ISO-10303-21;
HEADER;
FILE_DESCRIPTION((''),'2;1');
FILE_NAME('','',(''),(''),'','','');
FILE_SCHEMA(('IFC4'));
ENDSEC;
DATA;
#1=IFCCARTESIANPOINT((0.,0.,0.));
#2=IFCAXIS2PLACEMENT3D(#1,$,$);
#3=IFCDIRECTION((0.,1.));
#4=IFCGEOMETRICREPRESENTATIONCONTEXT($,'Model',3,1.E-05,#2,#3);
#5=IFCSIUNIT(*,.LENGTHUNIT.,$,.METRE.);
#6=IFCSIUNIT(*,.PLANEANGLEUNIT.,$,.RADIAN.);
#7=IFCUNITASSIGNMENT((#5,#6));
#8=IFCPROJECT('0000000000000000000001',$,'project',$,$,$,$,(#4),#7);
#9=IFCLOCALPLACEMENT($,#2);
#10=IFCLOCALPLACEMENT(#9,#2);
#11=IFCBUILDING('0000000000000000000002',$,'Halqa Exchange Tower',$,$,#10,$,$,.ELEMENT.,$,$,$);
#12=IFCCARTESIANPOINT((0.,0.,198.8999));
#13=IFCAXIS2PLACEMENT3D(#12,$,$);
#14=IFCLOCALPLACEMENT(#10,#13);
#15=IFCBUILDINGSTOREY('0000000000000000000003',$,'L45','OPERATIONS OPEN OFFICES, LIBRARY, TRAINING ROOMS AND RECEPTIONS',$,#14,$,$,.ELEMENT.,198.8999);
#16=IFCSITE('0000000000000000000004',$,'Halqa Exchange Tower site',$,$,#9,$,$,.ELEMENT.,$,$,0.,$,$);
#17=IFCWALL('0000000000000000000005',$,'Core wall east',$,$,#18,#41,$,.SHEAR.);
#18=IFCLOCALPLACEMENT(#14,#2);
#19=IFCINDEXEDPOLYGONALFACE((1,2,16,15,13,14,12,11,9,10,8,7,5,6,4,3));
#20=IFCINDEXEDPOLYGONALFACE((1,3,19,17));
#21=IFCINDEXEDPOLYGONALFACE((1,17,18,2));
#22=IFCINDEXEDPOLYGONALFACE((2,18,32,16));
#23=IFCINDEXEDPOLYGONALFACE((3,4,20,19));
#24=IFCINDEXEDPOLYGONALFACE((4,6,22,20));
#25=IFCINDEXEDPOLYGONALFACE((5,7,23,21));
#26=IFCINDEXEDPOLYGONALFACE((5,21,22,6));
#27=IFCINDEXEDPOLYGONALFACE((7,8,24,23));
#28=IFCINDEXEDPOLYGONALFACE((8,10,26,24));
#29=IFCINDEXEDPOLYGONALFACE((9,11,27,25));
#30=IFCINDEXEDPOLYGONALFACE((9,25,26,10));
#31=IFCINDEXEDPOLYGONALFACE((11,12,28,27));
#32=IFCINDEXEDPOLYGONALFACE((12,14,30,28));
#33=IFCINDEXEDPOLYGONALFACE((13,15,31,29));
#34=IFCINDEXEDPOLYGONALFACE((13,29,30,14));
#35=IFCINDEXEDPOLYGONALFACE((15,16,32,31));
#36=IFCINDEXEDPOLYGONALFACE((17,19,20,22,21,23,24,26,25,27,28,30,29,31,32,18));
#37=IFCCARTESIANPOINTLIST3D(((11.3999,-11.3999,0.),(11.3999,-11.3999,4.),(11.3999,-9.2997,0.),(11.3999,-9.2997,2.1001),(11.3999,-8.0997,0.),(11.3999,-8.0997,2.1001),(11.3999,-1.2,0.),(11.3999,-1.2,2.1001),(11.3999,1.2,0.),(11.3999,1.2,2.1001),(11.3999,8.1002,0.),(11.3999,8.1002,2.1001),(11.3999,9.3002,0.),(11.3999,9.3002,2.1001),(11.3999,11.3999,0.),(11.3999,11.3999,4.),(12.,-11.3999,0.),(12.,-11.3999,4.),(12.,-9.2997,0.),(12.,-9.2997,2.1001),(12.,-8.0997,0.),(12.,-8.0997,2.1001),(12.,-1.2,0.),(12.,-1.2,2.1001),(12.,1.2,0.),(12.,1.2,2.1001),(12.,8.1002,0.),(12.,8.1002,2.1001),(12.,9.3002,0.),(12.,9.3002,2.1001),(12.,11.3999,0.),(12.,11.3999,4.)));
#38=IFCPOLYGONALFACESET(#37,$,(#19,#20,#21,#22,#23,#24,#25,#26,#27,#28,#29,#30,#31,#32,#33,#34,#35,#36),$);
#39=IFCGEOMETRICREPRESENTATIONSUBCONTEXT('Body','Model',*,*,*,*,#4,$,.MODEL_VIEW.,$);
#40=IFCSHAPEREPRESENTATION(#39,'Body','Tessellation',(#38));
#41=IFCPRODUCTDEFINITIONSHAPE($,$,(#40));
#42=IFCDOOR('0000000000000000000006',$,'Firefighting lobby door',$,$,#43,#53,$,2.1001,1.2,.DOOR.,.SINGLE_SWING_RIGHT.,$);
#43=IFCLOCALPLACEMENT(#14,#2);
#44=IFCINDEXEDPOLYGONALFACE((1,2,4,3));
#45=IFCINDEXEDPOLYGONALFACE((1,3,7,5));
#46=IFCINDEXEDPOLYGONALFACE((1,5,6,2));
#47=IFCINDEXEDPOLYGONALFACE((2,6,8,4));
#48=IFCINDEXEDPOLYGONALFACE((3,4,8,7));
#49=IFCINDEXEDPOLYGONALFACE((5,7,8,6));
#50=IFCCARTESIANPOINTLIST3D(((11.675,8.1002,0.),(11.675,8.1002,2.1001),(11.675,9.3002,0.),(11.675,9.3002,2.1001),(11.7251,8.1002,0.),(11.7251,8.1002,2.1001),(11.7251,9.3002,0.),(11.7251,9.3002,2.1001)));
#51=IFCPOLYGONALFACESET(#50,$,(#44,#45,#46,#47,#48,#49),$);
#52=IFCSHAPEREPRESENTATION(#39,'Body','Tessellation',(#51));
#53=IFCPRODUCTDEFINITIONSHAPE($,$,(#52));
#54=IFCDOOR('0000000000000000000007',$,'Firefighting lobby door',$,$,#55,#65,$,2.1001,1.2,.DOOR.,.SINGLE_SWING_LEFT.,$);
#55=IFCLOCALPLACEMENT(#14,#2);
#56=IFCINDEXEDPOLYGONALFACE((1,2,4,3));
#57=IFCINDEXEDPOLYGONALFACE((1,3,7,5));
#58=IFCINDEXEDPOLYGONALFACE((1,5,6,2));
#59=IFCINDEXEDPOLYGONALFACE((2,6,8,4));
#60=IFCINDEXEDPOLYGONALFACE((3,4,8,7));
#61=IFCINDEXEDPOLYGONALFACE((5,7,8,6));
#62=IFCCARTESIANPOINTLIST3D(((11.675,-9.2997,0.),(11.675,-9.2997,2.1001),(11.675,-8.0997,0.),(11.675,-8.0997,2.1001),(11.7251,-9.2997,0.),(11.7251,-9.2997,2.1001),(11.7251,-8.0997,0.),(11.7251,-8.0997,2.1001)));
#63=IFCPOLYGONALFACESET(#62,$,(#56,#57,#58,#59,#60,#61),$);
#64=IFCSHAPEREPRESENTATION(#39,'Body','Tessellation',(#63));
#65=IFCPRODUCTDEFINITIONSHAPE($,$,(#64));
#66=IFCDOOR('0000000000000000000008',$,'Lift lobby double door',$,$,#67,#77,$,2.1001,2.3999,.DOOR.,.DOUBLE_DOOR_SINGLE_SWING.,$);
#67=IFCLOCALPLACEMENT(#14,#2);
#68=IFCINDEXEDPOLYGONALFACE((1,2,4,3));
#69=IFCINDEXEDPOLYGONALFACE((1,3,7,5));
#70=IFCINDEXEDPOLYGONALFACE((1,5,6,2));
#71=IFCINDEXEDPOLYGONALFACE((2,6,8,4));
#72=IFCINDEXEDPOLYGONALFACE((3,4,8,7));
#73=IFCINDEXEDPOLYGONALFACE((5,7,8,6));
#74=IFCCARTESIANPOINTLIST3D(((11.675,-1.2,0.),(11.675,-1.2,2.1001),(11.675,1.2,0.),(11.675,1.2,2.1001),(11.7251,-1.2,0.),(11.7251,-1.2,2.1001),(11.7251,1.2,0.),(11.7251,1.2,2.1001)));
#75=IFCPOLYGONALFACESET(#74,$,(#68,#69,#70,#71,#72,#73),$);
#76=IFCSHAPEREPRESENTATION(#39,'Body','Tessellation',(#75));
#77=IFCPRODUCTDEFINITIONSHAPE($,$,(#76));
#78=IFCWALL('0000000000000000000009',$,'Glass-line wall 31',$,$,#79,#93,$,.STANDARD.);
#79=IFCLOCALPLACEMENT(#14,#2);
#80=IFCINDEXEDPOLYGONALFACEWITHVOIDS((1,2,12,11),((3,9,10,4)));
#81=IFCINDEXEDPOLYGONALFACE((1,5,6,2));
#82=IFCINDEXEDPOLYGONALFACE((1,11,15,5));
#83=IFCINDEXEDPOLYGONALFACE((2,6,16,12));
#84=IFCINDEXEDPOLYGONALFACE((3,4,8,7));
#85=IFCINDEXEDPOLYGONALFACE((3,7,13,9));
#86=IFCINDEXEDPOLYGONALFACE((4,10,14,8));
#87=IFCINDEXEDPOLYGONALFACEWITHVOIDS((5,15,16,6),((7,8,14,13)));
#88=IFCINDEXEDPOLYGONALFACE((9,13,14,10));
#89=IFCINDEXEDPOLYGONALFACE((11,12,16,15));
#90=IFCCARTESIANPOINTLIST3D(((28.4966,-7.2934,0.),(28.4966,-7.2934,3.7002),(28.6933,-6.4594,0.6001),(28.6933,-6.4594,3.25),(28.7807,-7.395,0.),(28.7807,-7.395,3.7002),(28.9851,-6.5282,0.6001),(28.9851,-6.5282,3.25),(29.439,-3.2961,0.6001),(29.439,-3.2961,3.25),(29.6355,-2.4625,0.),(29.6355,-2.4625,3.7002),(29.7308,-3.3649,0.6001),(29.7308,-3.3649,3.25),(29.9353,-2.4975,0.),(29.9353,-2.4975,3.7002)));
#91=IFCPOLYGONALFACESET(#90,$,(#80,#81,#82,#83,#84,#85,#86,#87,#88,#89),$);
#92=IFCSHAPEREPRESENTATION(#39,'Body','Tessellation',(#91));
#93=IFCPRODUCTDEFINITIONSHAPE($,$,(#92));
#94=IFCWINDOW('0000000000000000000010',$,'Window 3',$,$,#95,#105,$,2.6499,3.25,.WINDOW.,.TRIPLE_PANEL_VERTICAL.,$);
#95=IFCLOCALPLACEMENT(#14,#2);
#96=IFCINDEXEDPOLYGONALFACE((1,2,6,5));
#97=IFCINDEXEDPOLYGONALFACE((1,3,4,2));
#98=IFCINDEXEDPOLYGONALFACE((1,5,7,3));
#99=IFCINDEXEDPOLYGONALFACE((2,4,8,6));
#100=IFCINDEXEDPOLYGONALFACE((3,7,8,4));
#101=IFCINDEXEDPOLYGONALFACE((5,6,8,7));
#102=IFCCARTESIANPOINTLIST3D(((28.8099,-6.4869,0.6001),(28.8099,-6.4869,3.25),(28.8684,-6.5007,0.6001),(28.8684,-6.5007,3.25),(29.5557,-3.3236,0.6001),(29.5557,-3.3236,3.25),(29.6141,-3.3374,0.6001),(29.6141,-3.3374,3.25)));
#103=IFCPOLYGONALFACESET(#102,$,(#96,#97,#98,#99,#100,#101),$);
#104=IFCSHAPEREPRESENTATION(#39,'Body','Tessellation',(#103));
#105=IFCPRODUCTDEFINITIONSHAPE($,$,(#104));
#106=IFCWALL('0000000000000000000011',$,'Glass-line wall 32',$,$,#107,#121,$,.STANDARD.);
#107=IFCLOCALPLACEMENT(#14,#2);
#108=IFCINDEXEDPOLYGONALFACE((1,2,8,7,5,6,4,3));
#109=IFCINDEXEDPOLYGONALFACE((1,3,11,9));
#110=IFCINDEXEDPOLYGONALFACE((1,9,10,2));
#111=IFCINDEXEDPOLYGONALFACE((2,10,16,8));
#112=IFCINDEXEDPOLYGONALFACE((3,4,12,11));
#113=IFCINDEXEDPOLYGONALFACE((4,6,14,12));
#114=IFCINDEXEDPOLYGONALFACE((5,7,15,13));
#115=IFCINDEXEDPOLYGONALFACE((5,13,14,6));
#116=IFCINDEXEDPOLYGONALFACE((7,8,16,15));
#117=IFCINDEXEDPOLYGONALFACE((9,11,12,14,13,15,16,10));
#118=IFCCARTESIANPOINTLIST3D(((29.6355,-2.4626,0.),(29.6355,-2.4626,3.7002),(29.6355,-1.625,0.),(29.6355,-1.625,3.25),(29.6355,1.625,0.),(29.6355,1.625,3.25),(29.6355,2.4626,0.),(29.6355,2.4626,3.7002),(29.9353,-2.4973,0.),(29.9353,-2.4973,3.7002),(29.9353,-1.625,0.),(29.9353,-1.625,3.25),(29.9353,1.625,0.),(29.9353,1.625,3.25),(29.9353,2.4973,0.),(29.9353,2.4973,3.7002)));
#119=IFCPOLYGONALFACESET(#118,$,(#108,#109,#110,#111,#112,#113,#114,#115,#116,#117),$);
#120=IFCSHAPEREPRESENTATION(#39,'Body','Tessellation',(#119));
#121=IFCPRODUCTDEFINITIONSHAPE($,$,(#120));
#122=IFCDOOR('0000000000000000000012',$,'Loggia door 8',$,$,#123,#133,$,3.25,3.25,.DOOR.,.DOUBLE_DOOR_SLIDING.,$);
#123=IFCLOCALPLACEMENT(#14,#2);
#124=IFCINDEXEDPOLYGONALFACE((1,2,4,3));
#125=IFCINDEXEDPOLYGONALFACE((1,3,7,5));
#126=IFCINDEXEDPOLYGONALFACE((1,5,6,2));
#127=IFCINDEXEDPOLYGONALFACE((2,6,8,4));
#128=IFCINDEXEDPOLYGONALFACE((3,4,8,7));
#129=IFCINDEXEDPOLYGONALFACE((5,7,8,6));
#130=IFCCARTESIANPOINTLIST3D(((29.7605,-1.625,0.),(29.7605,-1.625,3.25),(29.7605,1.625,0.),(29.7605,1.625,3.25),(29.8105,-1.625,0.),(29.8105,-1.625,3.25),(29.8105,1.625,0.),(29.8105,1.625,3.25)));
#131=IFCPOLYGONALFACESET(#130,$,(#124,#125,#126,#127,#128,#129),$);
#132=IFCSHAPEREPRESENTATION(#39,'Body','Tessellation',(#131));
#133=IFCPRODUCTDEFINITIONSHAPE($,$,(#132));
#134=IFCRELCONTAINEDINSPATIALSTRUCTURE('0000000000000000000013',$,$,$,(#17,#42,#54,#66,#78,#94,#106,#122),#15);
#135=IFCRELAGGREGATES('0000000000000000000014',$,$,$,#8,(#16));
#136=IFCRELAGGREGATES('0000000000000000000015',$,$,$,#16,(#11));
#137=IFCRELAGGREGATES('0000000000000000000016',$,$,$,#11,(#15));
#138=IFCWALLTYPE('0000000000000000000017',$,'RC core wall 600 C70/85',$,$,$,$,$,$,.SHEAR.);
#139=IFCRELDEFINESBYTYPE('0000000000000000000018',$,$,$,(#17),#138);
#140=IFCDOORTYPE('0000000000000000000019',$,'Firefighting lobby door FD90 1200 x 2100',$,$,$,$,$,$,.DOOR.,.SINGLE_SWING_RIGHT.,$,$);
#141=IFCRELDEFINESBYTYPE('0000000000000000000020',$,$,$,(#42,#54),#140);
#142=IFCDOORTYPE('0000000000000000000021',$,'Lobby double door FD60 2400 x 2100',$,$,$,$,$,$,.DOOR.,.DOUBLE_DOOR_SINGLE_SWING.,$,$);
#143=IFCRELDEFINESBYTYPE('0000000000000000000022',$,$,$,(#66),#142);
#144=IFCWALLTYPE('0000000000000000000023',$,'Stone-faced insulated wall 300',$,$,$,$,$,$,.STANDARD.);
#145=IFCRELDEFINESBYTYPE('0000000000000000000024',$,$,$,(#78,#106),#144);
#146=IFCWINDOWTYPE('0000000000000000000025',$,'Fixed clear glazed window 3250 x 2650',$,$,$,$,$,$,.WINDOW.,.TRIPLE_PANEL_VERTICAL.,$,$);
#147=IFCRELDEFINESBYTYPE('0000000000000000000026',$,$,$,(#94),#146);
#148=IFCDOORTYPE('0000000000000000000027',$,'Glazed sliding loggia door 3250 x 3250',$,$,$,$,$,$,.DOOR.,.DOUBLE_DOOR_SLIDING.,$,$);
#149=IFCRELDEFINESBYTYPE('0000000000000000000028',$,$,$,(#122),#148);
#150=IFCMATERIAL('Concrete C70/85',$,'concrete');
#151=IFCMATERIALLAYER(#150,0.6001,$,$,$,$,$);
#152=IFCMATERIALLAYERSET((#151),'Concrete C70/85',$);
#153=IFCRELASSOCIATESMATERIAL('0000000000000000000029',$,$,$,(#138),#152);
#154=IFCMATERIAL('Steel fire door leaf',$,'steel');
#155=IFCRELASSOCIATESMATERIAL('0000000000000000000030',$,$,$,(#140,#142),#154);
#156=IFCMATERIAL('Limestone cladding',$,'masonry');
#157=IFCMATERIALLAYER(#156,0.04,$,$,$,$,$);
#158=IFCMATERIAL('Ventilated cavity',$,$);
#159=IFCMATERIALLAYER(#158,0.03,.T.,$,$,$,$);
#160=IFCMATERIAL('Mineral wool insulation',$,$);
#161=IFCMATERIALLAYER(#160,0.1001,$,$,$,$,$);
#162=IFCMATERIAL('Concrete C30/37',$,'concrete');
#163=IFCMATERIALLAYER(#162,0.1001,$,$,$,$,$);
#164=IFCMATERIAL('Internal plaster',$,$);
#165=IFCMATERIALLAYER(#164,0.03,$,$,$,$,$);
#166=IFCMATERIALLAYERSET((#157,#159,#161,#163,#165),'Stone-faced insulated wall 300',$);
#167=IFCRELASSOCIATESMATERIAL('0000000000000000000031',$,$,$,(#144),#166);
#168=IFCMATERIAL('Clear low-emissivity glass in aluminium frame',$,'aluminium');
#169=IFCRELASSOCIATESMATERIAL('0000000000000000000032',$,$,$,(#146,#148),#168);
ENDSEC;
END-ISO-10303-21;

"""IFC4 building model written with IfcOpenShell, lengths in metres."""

from ifc_helpers import new_model, si_unit, direction, frame, frame_2d, origin, place, context, subcontext, project, spatial, polyline, rectangle, outline, extrude, material, layer, layer_set, type_object, element, fill, save


model = new_model("IFC4")

# Units and contexts
model_context = context("Model", 3, precision=1e-05, world=origin(), true_north=direction((0.0, 1.0)))
body_context = subcontext(model_context, "Body", "Model", "MODEL_VIEW")
ifc_project = project(units=[si_unit("LENGTHUNIT", "METRE"), si_unit("PLANEANGLEUNIT", "RADIAN")], contexts=[model_context])

# Site, building, storey
site_placement = place(None, origin())
site = spatial("IfcSite", under=ifc_project, at=site_placement, Name="Halqa Exchange Tower site", CompositionType="ELEMENT", RefElevation=0.0)
building_placement = place(site_placement, origin())
building = spatial("IfcBuilding", under=site, at=building_placement, Name="Halqa Exchange Tower", CompositionType="ELEMENT")
storey_placement = place(building_placement, frame((0.0, 0.0, 198.8999)))
storey = spatial("IfcBuildingStorey", under=building, at=storey_placement, Name="L45", Description="OPERATIONS OPEN OFFICES, LIBRARY, TRAINING ROOMS AND RECEPTIONS", CompositionType="ELEMENT", Elevation=198.8999)

# Shared definitions
ifc_material_1 = material(Name="Steel fire door leaf", Category="steel")

# Wall, openings, doors
ifc_material_2 = material(Name="Concrete C70/85", Category="concrete")
ifc_layer_1 = layer(ifc_material_2, 0.6001)
ifc_layer_set_1 = layer_set([ifc_layer_1], Name="Concrete C70/85")
wall_type_1 = type_object("IfcWallType", Name="RC core wall 600 C70/85", PredefinedType="SHEAR", material=ifc_layer_set_1)
wall_1_placement = place(storey_placement, frame((11.7, -11.3999, 0.0), z_axis=(0.0, 0.0, 1.0), x_axis=(0.0, 1.0, 0.0)))
wall_1 = element("IfcWall", 1, at=wall_1_placement, inside=storey, type_object=wall_type_1, Name="Core wall east", PredefinedType="SHEAR", context=body_context, shape_type="SweptSolid", body=[
    extrude(rectangle(XDim=22.7998, YDim=0.6001, at=frame_2d((11.3999, 0.0))), origin(), (0.0, 0.0, 1.0), 4.0),
])
opening_1_placement = place(wall_1_placement, frame((10.2, 0.0, 0.0)))
opening_1 = element("IfcOpeningElement", 2, at=opening_1_placement, cuts=wall_1, PredefinedType="OPENING", context=body_context, shape_type="SweptSolid", body=[
    extrude(rectangle(XDim=2.3999, YDim=2.1001, at=frame_2d((1.2, 1.05))), frame((0.0, 0.312, 0.0), z_axis=(0.0, -1.0, 0.0), x_axis=(1.0, 0.0, 0.0)), (0.0, 0.0, 1.0), 0.624),
])
opening_2_placement = place(wall_1_placement, frame((19.5, 0.0, 0.0)))
opening_2 = element("IfcOpeningElement", 3, at=opening_2_placement, cuts=wall_1, PredefinedType="OPENING", context=body_context, shape_type="SweptSolid", body=[
    extrude(rectangle(XDim=1.2, YDim=2.1001, at=frame_2d((0.6001, 1.05))), frame((0.0, 0.312, 0.0), z_axis=(0.0, -1.0, 0.0), x_axis=(1.0, 0.0, 0.0)), (0.0, 0.0, 1.0), 0.624),
])
opening_3_placement = place(wall_1_placement, frame((2.1001, 0.0, 0.0)))
opening_3 = element("IfcOpeningElement", 4, at=opening_3_placement, cuts=wall_1, PredefinedType="OPENING", context=body_context, shape_type="SweptSolid", body=[
    extrude(rectangle(XDim=1.2, YDim=2.1001, at=frame_2d((0.6001, 1.05))), frame((0.0, 0.312, 0.0), z_axis=(0.0, -1.0, 0.0), x_axis=(1.0, 0.0, 0.0)), (0.0, 0.0, 1.0), 0.624),
])
door_type_1 = type_object("IfcDoorType", Name="Firefighting lobby door FD90 1200 x 2100", OperationType="SINGLE_SWING_RIGHT", PredefinedType="DOOR", material=ifc_material_1)
door_1_placement = place(opening_2_placement, origin())
door_1 = element("IfcDoor", 5, at=door_1_placement, inside=storey, type_object=door_type_1, Name="Firefighting lobby door", OperationType="SINGLE_SWING_RIGHT", OverallHeight=2.1001, OverallWidth=1.2, PredefinedType="DOOR", context=body_context, shape_type="SweptSolid", body=[
    extrude(rectangle(XDim=1.2, YDim=2.1001, at=frame_2d((0.6001, 1.05))), frame((0.0, 0.0249, 0.0), z_axis=(0.0, -1.0, 0.0), x_axis=(1.0, 0.0, 0.0)), (0.0, 0.0, 1.0), 0.05),
])
fill(opening_2, door_1)
door_2_placement = place(opening_3_placement, origin())
door_2 = element("IfcDoor", 6, at=door_2_placement, inside=storey, type_object=door_type_1, Name="Firefighting lobby door", OperationType="SINGLE_SWING_LEFT", OverallHeight=2.1001, OverallWidth=1.2, PredefinedType="DOOR", context=body_context, shape_type="SweptSolid", body=[
    extrude(rectangle(XDim=1.2, YDim=2.1001, at=frame_2d((0.6001, 1.05))), frame((0.0, 0.0249, 0.0), z_axis=(0.0, -1.0, 0.0), x_axis=(1.0, 0.0, 0.0)), (0.0, 0.0, 1.0), 0.05),
])
fill(opening_3, door_2)
door_type_2 = type_object("IfcDoorType", Name="Lobby double door FD60 2400 x 2100", OperationType="DOUBLE_DOOR_SINGLE_SWING", PredefinedType="DOOR", material=ifc_material_1)
door_3_placement = place(opening_1_placement, origin())
door_3 = element("IfcDoor", 7, at=door_3_placement, inside=storey, type_object=door_type_2, Name="Lift lobby double door", OperationType="DOUBLE_DOOR_SINGLE_SWING", OverallHeight=2.1001, OverallWidth=2.3999, PredefinedType="DOOR", context=body_context, shape_type="SweptSolid", body=[
    extrude(rectangle(XDim=2.3999, YDim=2.1001, at=frame_2d((1.2, 1.05))), frame((0.0, 0.0249, 0.0), z_axis=(0.0, -1.0, 0.0), x_axis=(1.0, 0.0, 0.0)), (0.0, 0.0, 1.0), 0.05),
])
fill(opening_1, door_3)

# Wall, opening, window
ifc_material_3 = material(Name="Limestone cladding", Category="masonry")
ifc_layer_2 = layer(ifc_material_3, 0.04)
ifc_material_4 = material(Name="Ventilated cavity")
ifc_layer_3 = layer(ifc_material_4, 0.03, ventilated=True)
ifc_material_5 = material(Name="Mineral wool insulation")
ifc_layer_4 = layer(ifc_material_5, 0.1001)
ifc_material_6 = material(Name="Concrete C30/37", Category="concrete")
ifc_layer_5 = layer(ifc_material_6, 0.1001)
ifc_material_7 = material(Name="Internal plaster")
ifc_layer_6 = layer(ifc_material_7, 0.03)
ifc_layer_set_2 = layer_set([ifc_layer_2, ifc_layer_3, ifc_layer_4, ifc_layer_5, ifc_layer_6], Name="Stone-faced insulated wall 300")
wall_type_2 = type_object("IfcWallType", Name="Stone-faced insulated wall 300", PredefinedType="STANDARD", material=ifc_layer_set_2)
wall_2_placement = place(storey_placement, frame((28.6387, -7.3442, 0.0), z_axis=(0.0, 0.0, 1.0), x_axis=(0.229456, 0.973319, 0.0)))
wall_2 = element("IfcWall", 8, at=wall_2_placement, inside=storey, type_object=wall_type_2, Name="Glass-line wall 31", PredefinedType="STANDARD", context=body_context, shape_type="SweptSolid", body=[
    extrude(outline(polyline([(-0.0168, -0.1499), (5.0149, -0.1499), (4.9802, 0.1499), (0.0168, 0.1499), (-0.0168, -0.1499)])), origin(), (0.0, 0.0, 1.0), 3.7002),
])
opening_4_placement = place(wall_2_placement, frame((0.8738, 0.0, 0.6001)))
opening_4 = element("IfcOpeningElement", 9, at=opening_4_placement, cuts=wall_2, PredefinedType="OPENING", context=body_context, shape_type="SweptSolid", body=[
    extrude(rectangle(XDim=3.25, YDim=2.6499, at=frame_2d((1.625, 1.325))), frame((0.0, 0.1621, 0.0), z_axis=(0.0, -1.0, 0.0), x_axis=(1.0, 0.0, 0.0)), (0.0, 0.0, 1.0), 0.324),
])
ifc_material_8 = material(Name="Clear low-emissivity glass in aluminium frame", Category="aluminium")
window_type = type_object("IfcWindowType", Name="Fixed clear glazed window 3250 x 2650", PartitioningType="TRIPLE_PANEL_VERTICAL", PredefinedType="WINDOW", material=ifc_material_8)
window_placement = place(opening_4_placement, origin())
window = element("IfcWindow", 10, at=window_placement, inside=storey, type_object=window_type, Name="Window 3", OverallHeight=2.6499, OverallWidth=3.25, PartitioningType="TRIPLE_PANEL_VERTICAL", PredefinedType="WINDOW", context=body_context, shape_type="SweptSolid", body=[
    extrude(rectangle(XDim=3.25, YDim=2.6499, at=frame_2d((1.625, 1.325))), frame((0.0, 0.03, 0.0), z_axis=(0.0, -1.0, 0.0), x_axis=(1.0, 0.0, 0.0)), (0.0, 0.0, 1.0), 0.0601),
])
fill(opening_4, window)

# Wall, opening, door
wall_3_placement = place(storey_placement, frame((29.7854, -2.48, 0.0), z_axis=(0.0, 0.0, 1.0), x_axis=(0.0, 1.0, 0.0)))
wall_3 = element("IfcWall", 11, at=wall_3_placement, inside=storey, type_object=wall_type_2, Name="Glass-line wall 32", PredefinedType="STANDARD", context=body_context, shape_type="SweptSolid", body=[
    extrude(outline(polyline([(-0.0173, -0.1499), (4.9773, -0.1499), (4.9426, 0.1499), (0.0173, 0.1499), (-0.0173, -0.1499)])), origin(), (0.0, 0.0, 1.0), 3.7002),
])
opening_5_placement = place(wall_3_placement, frame((0.855, 0.0, 0.0)))
opening_5 = element("IfcOpeningElement", 12, at=opening_5_placement, cuts=wall_3, PredefinedType="OPENING", context=body_context, shape_type="SweptSolid", body=[
    extrude(rectangle(XDim=3.25, YDim=3.25, at=frame_2d((1.625, 1.625))), frame((0.0, 0.1621, 0.0), z_axis=(0.0, -1.0, 0.0), x_axis=(1.0, 0.0, 0.0)), (0.0, 0.0, 1.0), 0.324),
])
door_type_3 = type_object("IfcDoorType", Name="Glazed sliding loggia door 3250 x 3250", OperationType="DOUBLE_DOOR_SLIDING", PredefinedType="DOOR", material=ifc_material_8)
door_4_placement = place(opening_5_placement, origin())
door_4 = element("IfcDoor", 13, at=door_4_placement, inside=storey, type_object=door_type_3, Name="Loggia door 8", OperationType="DOUBLE_DOOR_SLIDING", OverallHeight=3.25, OverallWidth=3.25, PredefinedType="DOOR", context=body_context, shape_type="SweptSolid", body=[
    extrude(rectangle(XDim=3.25, YDim=3.25, at=frame_2d((1.625, 1.625))), frame((0.0, 0.0249, 0.0), z_axis=(0.0, -1.0, 0.0), x_axis=(1.0, 0.0, 0.0)), (0.0, 0.0, 1.0), 0.05),
])
fill(opening_5, door_4)

save(model, "model.ifc")
